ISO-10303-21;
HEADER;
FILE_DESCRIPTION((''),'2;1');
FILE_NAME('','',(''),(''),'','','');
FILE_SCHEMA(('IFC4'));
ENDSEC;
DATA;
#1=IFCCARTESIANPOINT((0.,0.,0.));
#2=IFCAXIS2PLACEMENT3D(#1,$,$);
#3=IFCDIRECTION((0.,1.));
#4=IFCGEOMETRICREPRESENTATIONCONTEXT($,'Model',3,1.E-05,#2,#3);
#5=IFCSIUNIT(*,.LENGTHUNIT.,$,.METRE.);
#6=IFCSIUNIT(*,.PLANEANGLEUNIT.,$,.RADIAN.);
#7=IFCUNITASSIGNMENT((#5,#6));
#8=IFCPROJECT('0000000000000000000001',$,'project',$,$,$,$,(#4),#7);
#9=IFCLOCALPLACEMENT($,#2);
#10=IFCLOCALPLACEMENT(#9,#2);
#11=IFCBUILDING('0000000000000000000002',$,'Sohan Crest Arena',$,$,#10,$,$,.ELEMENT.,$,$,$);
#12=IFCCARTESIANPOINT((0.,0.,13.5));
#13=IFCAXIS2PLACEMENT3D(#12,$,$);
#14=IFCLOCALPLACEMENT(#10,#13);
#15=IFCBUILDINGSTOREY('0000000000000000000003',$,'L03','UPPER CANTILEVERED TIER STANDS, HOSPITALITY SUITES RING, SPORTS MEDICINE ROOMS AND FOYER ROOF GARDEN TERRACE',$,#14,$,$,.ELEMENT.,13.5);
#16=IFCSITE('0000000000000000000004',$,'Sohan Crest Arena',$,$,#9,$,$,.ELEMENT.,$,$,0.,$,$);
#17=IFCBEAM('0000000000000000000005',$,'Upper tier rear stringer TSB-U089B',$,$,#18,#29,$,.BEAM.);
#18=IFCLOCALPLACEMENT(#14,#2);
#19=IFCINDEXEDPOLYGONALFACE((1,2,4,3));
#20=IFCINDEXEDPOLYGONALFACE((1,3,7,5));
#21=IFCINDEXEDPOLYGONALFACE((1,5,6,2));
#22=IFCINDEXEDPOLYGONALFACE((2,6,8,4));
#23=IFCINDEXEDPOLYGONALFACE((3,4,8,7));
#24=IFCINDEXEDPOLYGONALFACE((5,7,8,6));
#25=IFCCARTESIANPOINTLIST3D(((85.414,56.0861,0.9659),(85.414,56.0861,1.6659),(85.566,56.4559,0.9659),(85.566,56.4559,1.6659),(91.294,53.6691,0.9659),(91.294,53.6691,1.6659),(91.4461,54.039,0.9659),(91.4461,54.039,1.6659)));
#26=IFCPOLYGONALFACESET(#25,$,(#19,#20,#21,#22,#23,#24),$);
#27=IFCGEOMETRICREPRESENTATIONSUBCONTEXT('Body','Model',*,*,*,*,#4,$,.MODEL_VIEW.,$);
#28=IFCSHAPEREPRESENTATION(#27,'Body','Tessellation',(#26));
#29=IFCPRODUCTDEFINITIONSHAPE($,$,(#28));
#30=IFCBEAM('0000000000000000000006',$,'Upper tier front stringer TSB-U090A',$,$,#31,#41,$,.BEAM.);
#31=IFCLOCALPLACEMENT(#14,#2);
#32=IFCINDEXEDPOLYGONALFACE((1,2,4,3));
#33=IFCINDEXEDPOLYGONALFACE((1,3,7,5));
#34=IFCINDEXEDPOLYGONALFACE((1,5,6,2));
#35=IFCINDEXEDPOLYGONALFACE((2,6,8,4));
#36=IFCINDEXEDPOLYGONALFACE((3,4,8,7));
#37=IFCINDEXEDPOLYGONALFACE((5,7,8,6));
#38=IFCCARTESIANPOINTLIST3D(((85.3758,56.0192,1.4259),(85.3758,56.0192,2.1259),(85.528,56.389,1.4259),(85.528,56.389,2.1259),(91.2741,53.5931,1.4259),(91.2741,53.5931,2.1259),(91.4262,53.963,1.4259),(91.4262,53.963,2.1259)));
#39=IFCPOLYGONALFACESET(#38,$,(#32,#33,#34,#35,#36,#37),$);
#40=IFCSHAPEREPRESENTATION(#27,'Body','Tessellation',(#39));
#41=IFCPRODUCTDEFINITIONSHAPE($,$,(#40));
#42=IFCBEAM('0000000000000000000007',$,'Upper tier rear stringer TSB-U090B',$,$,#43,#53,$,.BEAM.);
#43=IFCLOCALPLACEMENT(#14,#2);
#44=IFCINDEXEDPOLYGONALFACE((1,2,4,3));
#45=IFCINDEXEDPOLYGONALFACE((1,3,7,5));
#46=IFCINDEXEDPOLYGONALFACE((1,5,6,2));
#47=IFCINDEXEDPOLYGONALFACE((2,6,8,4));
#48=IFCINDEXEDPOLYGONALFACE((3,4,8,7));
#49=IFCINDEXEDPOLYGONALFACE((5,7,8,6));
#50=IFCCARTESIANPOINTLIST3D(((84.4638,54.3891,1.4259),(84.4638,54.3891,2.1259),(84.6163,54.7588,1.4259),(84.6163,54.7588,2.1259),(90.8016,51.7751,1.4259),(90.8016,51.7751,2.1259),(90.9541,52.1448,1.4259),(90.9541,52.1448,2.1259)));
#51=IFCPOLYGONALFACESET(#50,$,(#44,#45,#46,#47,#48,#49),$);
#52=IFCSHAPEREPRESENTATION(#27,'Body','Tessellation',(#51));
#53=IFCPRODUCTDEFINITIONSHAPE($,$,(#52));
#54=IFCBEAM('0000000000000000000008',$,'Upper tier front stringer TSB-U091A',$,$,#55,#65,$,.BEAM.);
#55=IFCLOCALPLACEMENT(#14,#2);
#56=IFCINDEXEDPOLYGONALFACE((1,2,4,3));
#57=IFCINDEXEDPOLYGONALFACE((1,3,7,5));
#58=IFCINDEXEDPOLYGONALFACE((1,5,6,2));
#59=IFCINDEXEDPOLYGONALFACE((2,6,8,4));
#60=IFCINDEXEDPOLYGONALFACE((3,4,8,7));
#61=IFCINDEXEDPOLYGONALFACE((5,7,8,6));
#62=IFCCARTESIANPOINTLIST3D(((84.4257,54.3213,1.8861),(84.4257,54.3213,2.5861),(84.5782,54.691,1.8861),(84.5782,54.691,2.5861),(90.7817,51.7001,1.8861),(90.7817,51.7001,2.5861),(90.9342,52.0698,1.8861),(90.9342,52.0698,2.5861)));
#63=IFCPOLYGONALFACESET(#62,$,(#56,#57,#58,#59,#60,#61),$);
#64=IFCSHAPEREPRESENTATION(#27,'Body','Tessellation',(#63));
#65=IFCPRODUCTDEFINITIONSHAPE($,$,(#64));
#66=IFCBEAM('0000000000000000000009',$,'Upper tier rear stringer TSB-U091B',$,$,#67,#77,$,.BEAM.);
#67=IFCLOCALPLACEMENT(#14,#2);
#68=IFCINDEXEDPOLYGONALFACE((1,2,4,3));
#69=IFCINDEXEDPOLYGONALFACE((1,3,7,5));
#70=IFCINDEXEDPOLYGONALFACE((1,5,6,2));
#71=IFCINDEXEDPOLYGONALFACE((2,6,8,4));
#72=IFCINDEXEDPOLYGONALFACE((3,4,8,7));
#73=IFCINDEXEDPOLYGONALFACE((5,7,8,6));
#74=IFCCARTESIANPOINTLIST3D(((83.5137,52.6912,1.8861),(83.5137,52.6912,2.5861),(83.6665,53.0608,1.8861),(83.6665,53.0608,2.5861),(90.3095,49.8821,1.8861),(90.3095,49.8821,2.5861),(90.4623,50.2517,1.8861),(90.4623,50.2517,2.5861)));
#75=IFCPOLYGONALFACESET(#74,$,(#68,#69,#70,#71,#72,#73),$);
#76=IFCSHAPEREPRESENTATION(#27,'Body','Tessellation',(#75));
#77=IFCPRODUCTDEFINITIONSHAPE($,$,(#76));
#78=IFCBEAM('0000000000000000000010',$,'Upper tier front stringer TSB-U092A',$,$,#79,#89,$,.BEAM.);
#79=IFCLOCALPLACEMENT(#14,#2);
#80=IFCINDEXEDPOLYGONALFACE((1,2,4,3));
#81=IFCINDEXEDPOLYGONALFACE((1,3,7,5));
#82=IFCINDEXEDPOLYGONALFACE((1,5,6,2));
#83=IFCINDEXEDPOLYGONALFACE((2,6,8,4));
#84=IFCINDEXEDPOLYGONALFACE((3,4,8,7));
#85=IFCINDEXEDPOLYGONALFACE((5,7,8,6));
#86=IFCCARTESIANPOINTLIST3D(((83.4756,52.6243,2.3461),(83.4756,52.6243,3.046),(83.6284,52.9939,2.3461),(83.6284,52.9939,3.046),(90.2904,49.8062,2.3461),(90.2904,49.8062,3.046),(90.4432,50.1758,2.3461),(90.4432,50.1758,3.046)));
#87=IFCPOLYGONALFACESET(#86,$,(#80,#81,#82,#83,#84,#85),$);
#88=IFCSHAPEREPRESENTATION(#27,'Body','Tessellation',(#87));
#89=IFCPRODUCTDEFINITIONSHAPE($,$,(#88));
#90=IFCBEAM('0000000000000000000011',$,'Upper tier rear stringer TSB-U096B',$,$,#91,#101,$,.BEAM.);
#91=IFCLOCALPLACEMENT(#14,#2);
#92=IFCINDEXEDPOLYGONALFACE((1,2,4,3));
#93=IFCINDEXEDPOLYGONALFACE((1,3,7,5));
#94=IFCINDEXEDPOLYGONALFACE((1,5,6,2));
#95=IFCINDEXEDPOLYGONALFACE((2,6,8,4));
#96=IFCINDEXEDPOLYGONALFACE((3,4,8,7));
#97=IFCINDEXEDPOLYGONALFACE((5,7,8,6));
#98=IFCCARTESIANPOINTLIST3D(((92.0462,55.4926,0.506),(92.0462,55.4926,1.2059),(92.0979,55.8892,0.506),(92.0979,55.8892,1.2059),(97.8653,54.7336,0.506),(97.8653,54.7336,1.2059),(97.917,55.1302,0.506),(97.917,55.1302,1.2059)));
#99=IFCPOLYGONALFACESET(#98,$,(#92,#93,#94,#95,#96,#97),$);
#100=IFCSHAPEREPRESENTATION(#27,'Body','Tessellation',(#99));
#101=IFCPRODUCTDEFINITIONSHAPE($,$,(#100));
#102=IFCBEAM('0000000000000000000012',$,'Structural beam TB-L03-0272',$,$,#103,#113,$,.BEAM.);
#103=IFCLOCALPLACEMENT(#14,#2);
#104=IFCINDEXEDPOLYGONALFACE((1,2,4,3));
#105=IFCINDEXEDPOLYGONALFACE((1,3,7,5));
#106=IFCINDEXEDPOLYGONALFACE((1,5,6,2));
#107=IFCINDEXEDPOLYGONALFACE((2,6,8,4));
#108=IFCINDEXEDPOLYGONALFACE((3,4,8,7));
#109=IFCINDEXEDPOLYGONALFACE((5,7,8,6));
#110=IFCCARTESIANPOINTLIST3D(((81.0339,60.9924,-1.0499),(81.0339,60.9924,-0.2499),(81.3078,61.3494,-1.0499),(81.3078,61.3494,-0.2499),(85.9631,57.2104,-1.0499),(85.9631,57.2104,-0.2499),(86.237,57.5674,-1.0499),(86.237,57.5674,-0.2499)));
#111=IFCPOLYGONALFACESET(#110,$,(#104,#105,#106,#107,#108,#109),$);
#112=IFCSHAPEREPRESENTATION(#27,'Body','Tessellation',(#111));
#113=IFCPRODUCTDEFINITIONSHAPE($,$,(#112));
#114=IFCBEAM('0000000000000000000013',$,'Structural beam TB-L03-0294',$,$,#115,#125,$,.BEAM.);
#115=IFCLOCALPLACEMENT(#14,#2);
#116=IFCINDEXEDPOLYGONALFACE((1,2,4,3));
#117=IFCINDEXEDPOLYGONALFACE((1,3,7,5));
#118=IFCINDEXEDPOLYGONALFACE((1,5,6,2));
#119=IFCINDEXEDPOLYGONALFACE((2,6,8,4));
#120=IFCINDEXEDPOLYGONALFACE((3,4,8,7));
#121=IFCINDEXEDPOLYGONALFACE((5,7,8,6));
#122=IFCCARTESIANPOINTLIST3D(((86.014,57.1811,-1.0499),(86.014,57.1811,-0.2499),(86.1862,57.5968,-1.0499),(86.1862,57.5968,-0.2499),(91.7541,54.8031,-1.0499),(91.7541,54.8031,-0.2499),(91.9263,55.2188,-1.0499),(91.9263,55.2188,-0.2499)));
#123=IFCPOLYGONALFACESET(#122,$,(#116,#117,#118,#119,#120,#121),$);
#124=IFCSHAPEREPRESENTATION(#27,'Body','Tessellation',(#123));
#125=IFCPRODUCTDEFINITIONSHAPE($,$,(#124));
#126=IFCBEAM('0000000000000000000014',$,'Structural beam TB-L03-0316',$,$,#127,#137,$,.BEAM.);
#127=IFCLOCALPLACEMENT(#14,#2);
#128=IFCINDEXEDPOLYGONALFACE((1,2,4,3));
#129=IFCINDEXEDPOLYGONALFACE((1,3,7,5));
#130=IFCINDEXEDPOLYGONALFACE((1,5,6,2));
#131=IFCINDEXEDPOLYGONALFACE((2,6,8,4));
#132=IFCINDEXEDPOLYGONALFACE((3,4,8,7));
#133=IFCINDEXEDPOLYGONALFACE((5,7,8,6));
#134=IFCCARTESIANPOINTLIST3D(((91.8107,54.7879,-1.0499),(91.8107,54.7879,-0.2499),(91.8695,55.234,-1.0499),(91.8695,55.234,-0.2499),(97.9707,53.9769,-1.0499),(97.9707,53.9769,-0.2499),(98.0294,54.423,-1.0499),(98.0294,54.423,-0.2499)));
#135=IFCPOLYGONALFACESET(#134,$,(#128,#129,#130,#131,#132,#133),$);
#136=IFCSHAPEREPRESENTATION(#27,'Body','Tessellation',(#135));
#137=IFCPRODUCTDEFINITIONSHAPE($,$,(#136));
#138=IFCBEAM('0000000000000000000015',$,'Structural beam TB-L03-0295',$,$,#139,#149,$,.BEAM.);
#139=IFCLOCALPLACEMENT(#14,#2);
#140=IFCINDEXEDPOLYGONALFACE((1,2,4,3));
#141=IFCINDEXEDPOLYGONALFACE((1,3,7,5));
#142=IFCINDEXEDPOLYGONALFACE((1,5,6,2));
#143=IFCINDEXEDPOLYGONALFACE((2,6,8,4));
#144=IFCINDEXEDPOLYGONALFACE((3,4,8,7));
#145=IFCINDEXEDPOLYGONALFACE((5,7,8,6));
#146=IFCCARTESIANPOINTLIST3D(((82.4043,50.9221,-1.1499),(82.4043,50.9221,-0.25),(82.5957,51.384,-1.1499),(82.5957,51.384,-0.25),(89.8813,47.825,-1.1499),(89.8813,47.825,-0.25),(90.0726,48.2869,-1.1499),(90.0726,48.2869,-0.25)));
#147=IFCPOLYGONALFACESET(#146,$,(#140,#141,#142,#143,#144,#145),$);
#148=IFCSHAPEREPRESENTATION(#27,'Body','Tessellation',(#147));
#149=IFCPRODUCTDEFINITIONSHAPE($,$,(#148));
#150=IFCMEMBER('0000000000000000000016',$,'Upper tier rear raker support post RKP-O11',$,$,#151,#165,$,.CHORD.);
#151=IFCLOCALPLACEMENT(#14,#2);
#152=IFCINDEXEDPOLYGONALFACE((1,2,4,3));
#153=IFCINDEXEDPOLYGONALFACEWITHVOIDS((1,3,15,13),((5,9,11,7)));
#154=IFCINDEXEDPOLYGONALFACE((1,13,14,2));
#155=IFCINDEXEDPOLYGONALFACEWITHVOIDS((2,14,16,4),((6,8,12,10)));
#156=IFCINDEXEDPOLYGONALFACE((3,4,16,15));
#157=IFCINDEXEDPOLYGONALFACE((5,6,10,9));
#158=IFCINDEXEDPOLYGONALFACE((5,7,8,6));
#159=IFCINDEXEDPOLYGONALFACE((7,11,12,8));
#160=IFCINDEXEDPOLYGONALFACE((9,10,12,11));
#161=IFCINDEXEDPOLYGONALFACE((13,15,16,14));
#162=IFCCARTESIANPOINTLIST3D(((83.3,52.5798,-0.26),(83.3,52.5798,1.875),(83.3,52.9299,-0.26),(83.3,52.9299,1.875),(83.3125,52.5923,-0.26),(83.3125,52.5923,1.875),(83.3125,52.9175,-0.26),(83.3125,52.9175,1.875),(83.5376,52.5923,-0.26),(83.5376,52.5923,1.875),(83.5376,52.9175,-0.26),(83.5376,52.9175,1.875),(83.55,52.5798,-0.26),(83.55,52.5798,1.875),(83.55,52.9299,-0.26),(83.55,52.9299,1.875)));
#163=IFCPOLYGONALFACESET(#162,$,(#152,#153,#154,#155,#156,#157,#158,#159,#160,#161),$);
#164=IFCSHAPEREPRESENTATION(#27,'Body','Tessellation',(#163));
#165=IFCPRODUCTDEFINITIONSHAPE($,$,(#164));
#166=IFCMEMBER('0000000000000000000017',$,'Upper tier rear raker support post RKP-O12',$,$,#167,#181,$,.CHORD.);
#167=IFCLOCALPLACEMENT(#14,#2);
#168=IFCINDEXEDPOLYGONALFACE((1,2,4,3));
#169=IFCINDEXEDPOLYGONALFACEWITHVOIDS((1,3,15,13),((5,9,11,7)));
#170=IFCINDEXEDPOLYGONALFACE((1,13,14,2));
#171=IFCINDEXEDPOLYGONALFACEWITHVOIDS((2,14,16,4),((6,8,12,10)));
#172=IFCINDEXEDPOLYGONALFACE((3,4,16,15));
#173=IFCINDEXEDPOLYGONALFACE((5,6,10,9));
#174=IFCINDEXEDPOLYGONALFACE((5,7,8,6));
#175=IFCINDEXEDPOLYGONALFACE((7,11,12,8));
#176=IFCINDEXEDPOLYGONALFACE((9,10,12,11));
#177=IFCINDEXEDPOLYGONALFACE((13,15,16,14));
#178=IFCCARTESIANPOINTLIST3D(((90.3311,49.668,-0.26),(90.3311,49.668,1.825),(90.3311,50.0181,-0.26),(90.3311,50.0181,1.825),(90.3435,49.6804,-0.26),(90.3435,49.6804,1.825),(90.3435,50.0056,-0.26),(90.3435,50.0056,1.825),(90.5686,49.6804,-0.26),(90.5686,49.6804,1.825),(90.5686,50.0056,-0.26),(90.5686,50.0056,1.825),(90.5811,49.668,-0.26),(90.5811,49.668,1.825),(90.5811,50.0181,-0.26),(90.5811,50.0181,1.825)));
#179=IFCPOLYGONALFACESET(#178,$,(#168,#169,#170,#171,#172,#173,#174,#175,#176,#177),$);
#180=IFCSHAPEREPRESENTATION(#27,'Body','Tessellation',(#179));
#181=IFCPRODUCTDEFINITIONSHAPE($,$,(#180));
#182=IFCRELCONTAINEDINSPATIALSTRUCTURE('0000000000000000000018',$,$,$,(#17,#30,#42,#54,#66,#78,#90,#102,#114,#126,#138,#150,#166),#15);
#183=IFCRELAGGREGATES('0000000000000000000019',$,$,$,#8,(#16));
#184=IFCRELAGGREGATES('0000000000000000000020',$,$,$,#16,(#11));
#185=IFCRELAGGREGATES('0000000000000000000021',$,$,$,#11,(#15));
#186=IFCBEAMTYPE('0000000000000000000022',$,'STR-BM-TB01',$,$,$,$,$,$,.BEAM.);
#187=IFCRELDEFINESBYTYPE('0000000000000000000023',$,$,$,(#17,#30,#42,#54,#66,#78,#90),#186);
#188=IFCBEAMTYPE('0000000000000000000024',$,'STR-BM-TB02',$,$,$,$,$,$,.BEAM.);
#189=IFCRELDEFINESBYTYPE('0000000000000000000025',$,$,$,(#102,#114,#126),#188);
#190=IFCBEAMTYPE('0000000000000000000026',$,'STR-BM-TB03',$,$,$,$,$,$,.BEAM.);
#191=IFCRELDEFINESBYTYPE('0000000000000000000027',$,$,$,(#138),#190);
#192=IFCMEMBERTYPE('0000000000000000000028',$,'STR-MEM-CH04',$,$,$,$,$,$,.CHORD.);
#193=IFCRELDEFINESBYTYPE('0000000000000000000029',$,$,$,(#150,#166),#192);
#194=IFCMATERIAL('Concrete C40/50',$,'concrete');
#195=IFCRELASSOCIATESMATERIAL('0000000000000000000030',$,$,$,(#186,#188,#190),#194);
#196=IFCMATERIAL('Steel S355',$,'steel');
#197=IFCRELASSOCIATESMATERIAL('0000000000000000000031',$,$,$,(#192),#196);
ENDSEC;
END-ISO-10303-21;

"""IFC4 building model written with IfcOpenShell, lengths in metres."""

from ifc_helpers import new_model, si_unit, direction, frame, origin, origin_2d, place, context, subcontext, project, spatial, rectangle, hollow_rectangle, extrude, material, material_profile, profile_set, type_object, element, save


model = new_model("IFC4")

# Units and contexts
model_context = context("Model", 3, precision=1e-05, world=origin(), true_north=direction((0.0, 1.0)))
body_context = subcontext(model_context, "Body", "Model", "MODEL_VIEW")
ifc_project = project(units=[si_unit("LENGTHUNIT", "METRE"), si_unit("PLANEANGLEUNIT", "RADIAN")], contexts=[model_context])

# Site, building, storey
site_placement = place(None, origin())
site = spatial("IfcSite", under=ifc_project, at=site_placement, Name="Sohan Crest Arena", CompositionType="ELEMENT", RefElevation=0.0)
building_placement = place(site_placement, origin())
building = spatial("IfcBuilding", under=site, at=building_placement, Name="Sohan Crest Arena", CompositionType="ELEMENT")
storey_placement = place(building_placement, frame((0.0, 0.0, 13.5)))
storey = spatial("IfcBuildingStorey", under=building, at=storey_placement, Name="L03", Description="UPPER CANTILEVERED TIER STANDS, HOSPITALITY SUITES RING, SPORTS MEDICINE ROOMS AND FOYER ROOF GARDEN TERRACE", CompositionType="ELEMENT", Elevation=13.5)

# Shared definitions
ifc_material_1 = material(Name="Concrete C40/50", Category="concrete")

# Beams
ifc_material_2 = material(Name="Steel S355", Category="steel")
ifc_material_profile_1 = material_profile(ifc_material_1, rectangle(XDim=0.3999, YDim=0.7, at=origin_2d()), Name="RC-BM 400x700")
ifc_profile_set_1 = profile_set([ifc_material_profile_1], Name="Concrete C40/50")
beam_type_1 = type_object("IfcBeamType", Name="STR-BM-TB01", PredefinedType="BEAM", material=ifc_profile_set_1)
beam_1_placement = place(storey_placement, frame((85.49, 56.271, 1.3159), z_axis=(0.924913, -0.38018, 0.0), x_axis=(0.38018, 0.924913, 0.0)))
element("IfcBeam", 1, at=beam_1_placement, inside=storey, type_object=beam_type_1, Name="Upper tier rear stringer TSB-U089B", PredefinedType="BEAM", context=body_context, shape_type="SweptSolid", body=[
    extrude(rectangle(XDim=0.3999, YDim=0.7, at=origin_2d()), origin(), (0.0, 0.0, 1.0), 6.3574),
])
beam_2_placement = place(storey_placement, frame((85.4519, 56.2041, 1.7759), z_axis=(0.924824, -0.380396, 0.0), x_axis=(0.380396, 0.924824, 0.0)))
element("IfcBeam", 2, at=beam_2_placement, inside=storey, type_object=beam_type_1, Name="Upper tier front stringer TSB-U090A", PredefinedType="BEAM", context=body_context, shape_type="SweptSolid", body=[
    extrude(rectangle(XDim=0.3999, YDim=0.7, at=origin_2d()), origin(), (0.0, 0.0, 1.0), 6.3777),
])
beam_3_placement = place(storey_placement, frame((84.54, 54.574, 1.7759), z_axis=(0.924457, -0.381285, 0.0), x_axis=(0.381285, 0.924457, 0.0)))
element("IfcBeam", 3, at=beam_3_placement, inside=storey, type_object=beam_type_1, Name="Upper tier rear stringer TSB-U090B", PredefinedType="BEAM", context=body_context, shape_type="SweptSolid", body=[
    extrude(rectangle(XDim=0.3999, YDim=0.7, at=origin_2d()), origin(), (0.0, 0.0, 1.0), 6.8557),
])
beam_4_placement = place(storey_placement, frame((84.502, 54.5061, 2.2361), z_axis=(0.924476, -0.381239, 0.0), x_axis=(0.381239, 0.924476, 0.0)))
element("IfcBeam", 4, at=beam_4_placement, inside=storey, type_object=beam_type_1, Name="Upper tier front stringer TSB-U091A", PredefinedType="BEAM", context=body_context, shape_type="SweptSolid", body=[
    extrude(rectangle(XDim=0.3999, YDim=0.7, at=origin_2d()), origin(), (0.0, 0.0, 1.0), 6.8752),
])
beam_5_placement = place(storey_placement, frame((83.5901, 52.876, 2.2361), z_axis=(0.924162, -0.382002, 0.0), x_axis=(0.382002, 0.924162, 0.0)))
element("IfcBeam", 5, at=beam_5_placement, inside=storey, type_object=beam_type_1, Name="Upper tier rear stringer TSB-U091B", PredefinedType="BEAM", context=body_context, shape_type="SweptSolid", body=[
    extrude(rectangle(XDim=0.3999, YDim=0.7, at=origin_2d()), origin(), (0.0, 0.0, 1.0), 7.3535),
])
beam_6_placement = place(storey_placement, frame((83.552, 52.8091, 2.696), z_axis=(0.924106, -0.382136, 0.0), x_axis=(0.382136, 0.924106, 0.0)))
element("IfcBeam", 6, at=beam_6_placement, inside=storey, type_object=beam_type_1, Name="Upper tier front stringer TSB-U092A", PredefinedType="BEAM", context=body_context, shape_type="SweptSolid", body=[
    extrude(rectangle(XDim=0.3999, YDim=0.7, at=origin_2d()), origin(), (0.0, 0.0, 1.0), 7.3745),
])
beam_7_placement = place(storey_placement, frame((92.072, 55.6909, 0.856), z_axis=(0.9916, -0.129343, 0.0), x_axis=(0.129343, 0.9916, 0.0)))
element("IfcBeam", 7, at=beam_7_placement, inside=storey, type_object=beam_type_1, Name="Upper tier rear stringer TSB-U096B", PredefinedType="BEAM", context=body_context, shape_type="SweptSolid", body=[
    extrude(rectangle(XDim=0.3999, YDim=0.7, at=origin_2d()), origin(), (0.0, 0.0, 1.0), 5.8684),
])
ifc_material_profile_2 = material_profile(ifc_material_1, rectangle(XDim=0.45, YDim=0.8, at=origin_2d()), Name="RC-BM 450x800")
ifc_profile_set_2 = profile_set([ifc_material_profile_2], Name="Concrete C40/50")
beam_type_2 = type_object("IfcBeamType", Name="STR-BM-TB02", PredefinedType="BEAM", material=ifc_profile_set_2)
beam_8_placement = place(storey_placement, frame((81.1709, 61.1709, -0.6499), z_axis=(0.793379, -0.608728, 0.0), x_axis=(0.608728, 0.793379, 0.0)))
element("IfcBeam", 8, at=beam_8_placement, inside=storey, type_object=beam_type_2, Name="Structural beam TB-L03-0272", PredefinedType="BEAM", context=body_context, shape_type="SweptSolid", body=[
    extrude(rectangle(XDim=0.45, YDim=0.8, at=origin_2d()), origin(), (0.0, 0.0, 1.0), 6.2129),
])
for number, where, z_axis, x_axis, name in (
    (9, (86.1001, 57.3889, -0.6499), (0.92386, -0.382731, 0.0), (0.382731, 0.92386, 0.0), "Structural beam TB-L03-0294"),
    (10, (91.8401, 55.011, -0.6499), (0.991443, -0.130537, 0.0), (0.130537, 0.991443, 0.0), "Structural beam TB-L03-0316"),
):
    element("IfcBeam", number, at=place(storey_placement, frame(where, z_axis=z_axis, x_axis=x_axis)), inside=storey, type_object=beam_type_2, Name=name, PredefinedType="BEAM", context=body_context, shape_type="SweptSolid", body=[
        extrude(rectangle(XDim=0.45, YDim=0.8, at=origin_2d()), origin(), (0.0, 0.0, 1.0), 6.2131),
    ])
ifc_material_profile_3 = material_profile(ifc_material_1, rectangle(XDim=0.5, YDim=0.8999, at=origin_2d()), Name="RC-BM 500x900")
ifc_profile_set_3 = profile_set([ifc_material_profile_3], Name="Concrete C40/50")
beam_type_3 = type_object("IfcBeamType", Name="STR-BM-TB03", PredefinedType="BEAM", material=ifc_profile_set_3)
beam_9_placement = place(storey_placement, frame((82.5, 51.1531, -0.7), z_axis=(0.923876, -0.382691, 0.0), x_axis=(0.382691, 0.923876, 0.0)))
element("IfcBeam", 11, at=beam_9_placement, inside=storey, type_object=beam_type_3, Name="Structural beam TB-L03-0295", PredefinedType="BEAM", context=body_context, shape_type="SweptSolid", body=[
    extrude(rectangle(XDim=0.5, YDim=0.8999, at=origin_2d()), origin(), (0.0, 0.0, 1.0), 8.093),
])

# Members
ifc_material_profile_4 = material_profile(ifc_material_2, hollow_rectangle(XDim=0.25, YDim=0.3501, WallThickness=0.0125, at=origin_2d()), Name="RHS 350x250x12.5")
ifc_profile_set_4 = profile_set([ifc_material_profile_4], Name="Steel S355")
member_type = type_object("IfcMemberType", Name="STR-MEM-CH04", PredefinedType="CHORD", material=ifc_profile_set_4)
member_1_placement = place(storey_placement, frame((83.425, 52.7549, -0.26), z_axis=(0.0, 0.0, 1.0), x_axis=(1.0, 0.0, 0.0)))
element("IfcMember", 12, at=member_1_placement, inside=storey, type_object=member_type, Name="Upper tier rear raker support post RKP-O11", PredefinedType="CHORD", context=body_context, shape_type="SweptSolid", body=[
    extrude(hollow_rectangle(XDim=0.25, YDim=0.3501, WallThickness=0.0125, at=origin_2d()), origin(), (0.0, 0.0, 1.0), 2.135),
])
member_2_placement = place(storey_placement, frame((90.4561, 49.843, -0.26), z_axis=(0.0, 0.0, 1.0), x_axis=(1.0, 0.0, 0.0)))
element("IfcMember", 13, at=member_2_placement, inside=storey, type_object=member_type, Name="Upper tier rear raker support post RKP-O12", PredefinedType="CHORD", context=body_context, shape_type="SweptSolid", body=[
    extrude(hollow_rectangle(XDim=0.25, YDim=0.3501, WallThickness=0.0125, at=origin_2d()), origin(), (0.0, 0.0, 1.0), 2.085),
])

save(model, "model.ifc")
